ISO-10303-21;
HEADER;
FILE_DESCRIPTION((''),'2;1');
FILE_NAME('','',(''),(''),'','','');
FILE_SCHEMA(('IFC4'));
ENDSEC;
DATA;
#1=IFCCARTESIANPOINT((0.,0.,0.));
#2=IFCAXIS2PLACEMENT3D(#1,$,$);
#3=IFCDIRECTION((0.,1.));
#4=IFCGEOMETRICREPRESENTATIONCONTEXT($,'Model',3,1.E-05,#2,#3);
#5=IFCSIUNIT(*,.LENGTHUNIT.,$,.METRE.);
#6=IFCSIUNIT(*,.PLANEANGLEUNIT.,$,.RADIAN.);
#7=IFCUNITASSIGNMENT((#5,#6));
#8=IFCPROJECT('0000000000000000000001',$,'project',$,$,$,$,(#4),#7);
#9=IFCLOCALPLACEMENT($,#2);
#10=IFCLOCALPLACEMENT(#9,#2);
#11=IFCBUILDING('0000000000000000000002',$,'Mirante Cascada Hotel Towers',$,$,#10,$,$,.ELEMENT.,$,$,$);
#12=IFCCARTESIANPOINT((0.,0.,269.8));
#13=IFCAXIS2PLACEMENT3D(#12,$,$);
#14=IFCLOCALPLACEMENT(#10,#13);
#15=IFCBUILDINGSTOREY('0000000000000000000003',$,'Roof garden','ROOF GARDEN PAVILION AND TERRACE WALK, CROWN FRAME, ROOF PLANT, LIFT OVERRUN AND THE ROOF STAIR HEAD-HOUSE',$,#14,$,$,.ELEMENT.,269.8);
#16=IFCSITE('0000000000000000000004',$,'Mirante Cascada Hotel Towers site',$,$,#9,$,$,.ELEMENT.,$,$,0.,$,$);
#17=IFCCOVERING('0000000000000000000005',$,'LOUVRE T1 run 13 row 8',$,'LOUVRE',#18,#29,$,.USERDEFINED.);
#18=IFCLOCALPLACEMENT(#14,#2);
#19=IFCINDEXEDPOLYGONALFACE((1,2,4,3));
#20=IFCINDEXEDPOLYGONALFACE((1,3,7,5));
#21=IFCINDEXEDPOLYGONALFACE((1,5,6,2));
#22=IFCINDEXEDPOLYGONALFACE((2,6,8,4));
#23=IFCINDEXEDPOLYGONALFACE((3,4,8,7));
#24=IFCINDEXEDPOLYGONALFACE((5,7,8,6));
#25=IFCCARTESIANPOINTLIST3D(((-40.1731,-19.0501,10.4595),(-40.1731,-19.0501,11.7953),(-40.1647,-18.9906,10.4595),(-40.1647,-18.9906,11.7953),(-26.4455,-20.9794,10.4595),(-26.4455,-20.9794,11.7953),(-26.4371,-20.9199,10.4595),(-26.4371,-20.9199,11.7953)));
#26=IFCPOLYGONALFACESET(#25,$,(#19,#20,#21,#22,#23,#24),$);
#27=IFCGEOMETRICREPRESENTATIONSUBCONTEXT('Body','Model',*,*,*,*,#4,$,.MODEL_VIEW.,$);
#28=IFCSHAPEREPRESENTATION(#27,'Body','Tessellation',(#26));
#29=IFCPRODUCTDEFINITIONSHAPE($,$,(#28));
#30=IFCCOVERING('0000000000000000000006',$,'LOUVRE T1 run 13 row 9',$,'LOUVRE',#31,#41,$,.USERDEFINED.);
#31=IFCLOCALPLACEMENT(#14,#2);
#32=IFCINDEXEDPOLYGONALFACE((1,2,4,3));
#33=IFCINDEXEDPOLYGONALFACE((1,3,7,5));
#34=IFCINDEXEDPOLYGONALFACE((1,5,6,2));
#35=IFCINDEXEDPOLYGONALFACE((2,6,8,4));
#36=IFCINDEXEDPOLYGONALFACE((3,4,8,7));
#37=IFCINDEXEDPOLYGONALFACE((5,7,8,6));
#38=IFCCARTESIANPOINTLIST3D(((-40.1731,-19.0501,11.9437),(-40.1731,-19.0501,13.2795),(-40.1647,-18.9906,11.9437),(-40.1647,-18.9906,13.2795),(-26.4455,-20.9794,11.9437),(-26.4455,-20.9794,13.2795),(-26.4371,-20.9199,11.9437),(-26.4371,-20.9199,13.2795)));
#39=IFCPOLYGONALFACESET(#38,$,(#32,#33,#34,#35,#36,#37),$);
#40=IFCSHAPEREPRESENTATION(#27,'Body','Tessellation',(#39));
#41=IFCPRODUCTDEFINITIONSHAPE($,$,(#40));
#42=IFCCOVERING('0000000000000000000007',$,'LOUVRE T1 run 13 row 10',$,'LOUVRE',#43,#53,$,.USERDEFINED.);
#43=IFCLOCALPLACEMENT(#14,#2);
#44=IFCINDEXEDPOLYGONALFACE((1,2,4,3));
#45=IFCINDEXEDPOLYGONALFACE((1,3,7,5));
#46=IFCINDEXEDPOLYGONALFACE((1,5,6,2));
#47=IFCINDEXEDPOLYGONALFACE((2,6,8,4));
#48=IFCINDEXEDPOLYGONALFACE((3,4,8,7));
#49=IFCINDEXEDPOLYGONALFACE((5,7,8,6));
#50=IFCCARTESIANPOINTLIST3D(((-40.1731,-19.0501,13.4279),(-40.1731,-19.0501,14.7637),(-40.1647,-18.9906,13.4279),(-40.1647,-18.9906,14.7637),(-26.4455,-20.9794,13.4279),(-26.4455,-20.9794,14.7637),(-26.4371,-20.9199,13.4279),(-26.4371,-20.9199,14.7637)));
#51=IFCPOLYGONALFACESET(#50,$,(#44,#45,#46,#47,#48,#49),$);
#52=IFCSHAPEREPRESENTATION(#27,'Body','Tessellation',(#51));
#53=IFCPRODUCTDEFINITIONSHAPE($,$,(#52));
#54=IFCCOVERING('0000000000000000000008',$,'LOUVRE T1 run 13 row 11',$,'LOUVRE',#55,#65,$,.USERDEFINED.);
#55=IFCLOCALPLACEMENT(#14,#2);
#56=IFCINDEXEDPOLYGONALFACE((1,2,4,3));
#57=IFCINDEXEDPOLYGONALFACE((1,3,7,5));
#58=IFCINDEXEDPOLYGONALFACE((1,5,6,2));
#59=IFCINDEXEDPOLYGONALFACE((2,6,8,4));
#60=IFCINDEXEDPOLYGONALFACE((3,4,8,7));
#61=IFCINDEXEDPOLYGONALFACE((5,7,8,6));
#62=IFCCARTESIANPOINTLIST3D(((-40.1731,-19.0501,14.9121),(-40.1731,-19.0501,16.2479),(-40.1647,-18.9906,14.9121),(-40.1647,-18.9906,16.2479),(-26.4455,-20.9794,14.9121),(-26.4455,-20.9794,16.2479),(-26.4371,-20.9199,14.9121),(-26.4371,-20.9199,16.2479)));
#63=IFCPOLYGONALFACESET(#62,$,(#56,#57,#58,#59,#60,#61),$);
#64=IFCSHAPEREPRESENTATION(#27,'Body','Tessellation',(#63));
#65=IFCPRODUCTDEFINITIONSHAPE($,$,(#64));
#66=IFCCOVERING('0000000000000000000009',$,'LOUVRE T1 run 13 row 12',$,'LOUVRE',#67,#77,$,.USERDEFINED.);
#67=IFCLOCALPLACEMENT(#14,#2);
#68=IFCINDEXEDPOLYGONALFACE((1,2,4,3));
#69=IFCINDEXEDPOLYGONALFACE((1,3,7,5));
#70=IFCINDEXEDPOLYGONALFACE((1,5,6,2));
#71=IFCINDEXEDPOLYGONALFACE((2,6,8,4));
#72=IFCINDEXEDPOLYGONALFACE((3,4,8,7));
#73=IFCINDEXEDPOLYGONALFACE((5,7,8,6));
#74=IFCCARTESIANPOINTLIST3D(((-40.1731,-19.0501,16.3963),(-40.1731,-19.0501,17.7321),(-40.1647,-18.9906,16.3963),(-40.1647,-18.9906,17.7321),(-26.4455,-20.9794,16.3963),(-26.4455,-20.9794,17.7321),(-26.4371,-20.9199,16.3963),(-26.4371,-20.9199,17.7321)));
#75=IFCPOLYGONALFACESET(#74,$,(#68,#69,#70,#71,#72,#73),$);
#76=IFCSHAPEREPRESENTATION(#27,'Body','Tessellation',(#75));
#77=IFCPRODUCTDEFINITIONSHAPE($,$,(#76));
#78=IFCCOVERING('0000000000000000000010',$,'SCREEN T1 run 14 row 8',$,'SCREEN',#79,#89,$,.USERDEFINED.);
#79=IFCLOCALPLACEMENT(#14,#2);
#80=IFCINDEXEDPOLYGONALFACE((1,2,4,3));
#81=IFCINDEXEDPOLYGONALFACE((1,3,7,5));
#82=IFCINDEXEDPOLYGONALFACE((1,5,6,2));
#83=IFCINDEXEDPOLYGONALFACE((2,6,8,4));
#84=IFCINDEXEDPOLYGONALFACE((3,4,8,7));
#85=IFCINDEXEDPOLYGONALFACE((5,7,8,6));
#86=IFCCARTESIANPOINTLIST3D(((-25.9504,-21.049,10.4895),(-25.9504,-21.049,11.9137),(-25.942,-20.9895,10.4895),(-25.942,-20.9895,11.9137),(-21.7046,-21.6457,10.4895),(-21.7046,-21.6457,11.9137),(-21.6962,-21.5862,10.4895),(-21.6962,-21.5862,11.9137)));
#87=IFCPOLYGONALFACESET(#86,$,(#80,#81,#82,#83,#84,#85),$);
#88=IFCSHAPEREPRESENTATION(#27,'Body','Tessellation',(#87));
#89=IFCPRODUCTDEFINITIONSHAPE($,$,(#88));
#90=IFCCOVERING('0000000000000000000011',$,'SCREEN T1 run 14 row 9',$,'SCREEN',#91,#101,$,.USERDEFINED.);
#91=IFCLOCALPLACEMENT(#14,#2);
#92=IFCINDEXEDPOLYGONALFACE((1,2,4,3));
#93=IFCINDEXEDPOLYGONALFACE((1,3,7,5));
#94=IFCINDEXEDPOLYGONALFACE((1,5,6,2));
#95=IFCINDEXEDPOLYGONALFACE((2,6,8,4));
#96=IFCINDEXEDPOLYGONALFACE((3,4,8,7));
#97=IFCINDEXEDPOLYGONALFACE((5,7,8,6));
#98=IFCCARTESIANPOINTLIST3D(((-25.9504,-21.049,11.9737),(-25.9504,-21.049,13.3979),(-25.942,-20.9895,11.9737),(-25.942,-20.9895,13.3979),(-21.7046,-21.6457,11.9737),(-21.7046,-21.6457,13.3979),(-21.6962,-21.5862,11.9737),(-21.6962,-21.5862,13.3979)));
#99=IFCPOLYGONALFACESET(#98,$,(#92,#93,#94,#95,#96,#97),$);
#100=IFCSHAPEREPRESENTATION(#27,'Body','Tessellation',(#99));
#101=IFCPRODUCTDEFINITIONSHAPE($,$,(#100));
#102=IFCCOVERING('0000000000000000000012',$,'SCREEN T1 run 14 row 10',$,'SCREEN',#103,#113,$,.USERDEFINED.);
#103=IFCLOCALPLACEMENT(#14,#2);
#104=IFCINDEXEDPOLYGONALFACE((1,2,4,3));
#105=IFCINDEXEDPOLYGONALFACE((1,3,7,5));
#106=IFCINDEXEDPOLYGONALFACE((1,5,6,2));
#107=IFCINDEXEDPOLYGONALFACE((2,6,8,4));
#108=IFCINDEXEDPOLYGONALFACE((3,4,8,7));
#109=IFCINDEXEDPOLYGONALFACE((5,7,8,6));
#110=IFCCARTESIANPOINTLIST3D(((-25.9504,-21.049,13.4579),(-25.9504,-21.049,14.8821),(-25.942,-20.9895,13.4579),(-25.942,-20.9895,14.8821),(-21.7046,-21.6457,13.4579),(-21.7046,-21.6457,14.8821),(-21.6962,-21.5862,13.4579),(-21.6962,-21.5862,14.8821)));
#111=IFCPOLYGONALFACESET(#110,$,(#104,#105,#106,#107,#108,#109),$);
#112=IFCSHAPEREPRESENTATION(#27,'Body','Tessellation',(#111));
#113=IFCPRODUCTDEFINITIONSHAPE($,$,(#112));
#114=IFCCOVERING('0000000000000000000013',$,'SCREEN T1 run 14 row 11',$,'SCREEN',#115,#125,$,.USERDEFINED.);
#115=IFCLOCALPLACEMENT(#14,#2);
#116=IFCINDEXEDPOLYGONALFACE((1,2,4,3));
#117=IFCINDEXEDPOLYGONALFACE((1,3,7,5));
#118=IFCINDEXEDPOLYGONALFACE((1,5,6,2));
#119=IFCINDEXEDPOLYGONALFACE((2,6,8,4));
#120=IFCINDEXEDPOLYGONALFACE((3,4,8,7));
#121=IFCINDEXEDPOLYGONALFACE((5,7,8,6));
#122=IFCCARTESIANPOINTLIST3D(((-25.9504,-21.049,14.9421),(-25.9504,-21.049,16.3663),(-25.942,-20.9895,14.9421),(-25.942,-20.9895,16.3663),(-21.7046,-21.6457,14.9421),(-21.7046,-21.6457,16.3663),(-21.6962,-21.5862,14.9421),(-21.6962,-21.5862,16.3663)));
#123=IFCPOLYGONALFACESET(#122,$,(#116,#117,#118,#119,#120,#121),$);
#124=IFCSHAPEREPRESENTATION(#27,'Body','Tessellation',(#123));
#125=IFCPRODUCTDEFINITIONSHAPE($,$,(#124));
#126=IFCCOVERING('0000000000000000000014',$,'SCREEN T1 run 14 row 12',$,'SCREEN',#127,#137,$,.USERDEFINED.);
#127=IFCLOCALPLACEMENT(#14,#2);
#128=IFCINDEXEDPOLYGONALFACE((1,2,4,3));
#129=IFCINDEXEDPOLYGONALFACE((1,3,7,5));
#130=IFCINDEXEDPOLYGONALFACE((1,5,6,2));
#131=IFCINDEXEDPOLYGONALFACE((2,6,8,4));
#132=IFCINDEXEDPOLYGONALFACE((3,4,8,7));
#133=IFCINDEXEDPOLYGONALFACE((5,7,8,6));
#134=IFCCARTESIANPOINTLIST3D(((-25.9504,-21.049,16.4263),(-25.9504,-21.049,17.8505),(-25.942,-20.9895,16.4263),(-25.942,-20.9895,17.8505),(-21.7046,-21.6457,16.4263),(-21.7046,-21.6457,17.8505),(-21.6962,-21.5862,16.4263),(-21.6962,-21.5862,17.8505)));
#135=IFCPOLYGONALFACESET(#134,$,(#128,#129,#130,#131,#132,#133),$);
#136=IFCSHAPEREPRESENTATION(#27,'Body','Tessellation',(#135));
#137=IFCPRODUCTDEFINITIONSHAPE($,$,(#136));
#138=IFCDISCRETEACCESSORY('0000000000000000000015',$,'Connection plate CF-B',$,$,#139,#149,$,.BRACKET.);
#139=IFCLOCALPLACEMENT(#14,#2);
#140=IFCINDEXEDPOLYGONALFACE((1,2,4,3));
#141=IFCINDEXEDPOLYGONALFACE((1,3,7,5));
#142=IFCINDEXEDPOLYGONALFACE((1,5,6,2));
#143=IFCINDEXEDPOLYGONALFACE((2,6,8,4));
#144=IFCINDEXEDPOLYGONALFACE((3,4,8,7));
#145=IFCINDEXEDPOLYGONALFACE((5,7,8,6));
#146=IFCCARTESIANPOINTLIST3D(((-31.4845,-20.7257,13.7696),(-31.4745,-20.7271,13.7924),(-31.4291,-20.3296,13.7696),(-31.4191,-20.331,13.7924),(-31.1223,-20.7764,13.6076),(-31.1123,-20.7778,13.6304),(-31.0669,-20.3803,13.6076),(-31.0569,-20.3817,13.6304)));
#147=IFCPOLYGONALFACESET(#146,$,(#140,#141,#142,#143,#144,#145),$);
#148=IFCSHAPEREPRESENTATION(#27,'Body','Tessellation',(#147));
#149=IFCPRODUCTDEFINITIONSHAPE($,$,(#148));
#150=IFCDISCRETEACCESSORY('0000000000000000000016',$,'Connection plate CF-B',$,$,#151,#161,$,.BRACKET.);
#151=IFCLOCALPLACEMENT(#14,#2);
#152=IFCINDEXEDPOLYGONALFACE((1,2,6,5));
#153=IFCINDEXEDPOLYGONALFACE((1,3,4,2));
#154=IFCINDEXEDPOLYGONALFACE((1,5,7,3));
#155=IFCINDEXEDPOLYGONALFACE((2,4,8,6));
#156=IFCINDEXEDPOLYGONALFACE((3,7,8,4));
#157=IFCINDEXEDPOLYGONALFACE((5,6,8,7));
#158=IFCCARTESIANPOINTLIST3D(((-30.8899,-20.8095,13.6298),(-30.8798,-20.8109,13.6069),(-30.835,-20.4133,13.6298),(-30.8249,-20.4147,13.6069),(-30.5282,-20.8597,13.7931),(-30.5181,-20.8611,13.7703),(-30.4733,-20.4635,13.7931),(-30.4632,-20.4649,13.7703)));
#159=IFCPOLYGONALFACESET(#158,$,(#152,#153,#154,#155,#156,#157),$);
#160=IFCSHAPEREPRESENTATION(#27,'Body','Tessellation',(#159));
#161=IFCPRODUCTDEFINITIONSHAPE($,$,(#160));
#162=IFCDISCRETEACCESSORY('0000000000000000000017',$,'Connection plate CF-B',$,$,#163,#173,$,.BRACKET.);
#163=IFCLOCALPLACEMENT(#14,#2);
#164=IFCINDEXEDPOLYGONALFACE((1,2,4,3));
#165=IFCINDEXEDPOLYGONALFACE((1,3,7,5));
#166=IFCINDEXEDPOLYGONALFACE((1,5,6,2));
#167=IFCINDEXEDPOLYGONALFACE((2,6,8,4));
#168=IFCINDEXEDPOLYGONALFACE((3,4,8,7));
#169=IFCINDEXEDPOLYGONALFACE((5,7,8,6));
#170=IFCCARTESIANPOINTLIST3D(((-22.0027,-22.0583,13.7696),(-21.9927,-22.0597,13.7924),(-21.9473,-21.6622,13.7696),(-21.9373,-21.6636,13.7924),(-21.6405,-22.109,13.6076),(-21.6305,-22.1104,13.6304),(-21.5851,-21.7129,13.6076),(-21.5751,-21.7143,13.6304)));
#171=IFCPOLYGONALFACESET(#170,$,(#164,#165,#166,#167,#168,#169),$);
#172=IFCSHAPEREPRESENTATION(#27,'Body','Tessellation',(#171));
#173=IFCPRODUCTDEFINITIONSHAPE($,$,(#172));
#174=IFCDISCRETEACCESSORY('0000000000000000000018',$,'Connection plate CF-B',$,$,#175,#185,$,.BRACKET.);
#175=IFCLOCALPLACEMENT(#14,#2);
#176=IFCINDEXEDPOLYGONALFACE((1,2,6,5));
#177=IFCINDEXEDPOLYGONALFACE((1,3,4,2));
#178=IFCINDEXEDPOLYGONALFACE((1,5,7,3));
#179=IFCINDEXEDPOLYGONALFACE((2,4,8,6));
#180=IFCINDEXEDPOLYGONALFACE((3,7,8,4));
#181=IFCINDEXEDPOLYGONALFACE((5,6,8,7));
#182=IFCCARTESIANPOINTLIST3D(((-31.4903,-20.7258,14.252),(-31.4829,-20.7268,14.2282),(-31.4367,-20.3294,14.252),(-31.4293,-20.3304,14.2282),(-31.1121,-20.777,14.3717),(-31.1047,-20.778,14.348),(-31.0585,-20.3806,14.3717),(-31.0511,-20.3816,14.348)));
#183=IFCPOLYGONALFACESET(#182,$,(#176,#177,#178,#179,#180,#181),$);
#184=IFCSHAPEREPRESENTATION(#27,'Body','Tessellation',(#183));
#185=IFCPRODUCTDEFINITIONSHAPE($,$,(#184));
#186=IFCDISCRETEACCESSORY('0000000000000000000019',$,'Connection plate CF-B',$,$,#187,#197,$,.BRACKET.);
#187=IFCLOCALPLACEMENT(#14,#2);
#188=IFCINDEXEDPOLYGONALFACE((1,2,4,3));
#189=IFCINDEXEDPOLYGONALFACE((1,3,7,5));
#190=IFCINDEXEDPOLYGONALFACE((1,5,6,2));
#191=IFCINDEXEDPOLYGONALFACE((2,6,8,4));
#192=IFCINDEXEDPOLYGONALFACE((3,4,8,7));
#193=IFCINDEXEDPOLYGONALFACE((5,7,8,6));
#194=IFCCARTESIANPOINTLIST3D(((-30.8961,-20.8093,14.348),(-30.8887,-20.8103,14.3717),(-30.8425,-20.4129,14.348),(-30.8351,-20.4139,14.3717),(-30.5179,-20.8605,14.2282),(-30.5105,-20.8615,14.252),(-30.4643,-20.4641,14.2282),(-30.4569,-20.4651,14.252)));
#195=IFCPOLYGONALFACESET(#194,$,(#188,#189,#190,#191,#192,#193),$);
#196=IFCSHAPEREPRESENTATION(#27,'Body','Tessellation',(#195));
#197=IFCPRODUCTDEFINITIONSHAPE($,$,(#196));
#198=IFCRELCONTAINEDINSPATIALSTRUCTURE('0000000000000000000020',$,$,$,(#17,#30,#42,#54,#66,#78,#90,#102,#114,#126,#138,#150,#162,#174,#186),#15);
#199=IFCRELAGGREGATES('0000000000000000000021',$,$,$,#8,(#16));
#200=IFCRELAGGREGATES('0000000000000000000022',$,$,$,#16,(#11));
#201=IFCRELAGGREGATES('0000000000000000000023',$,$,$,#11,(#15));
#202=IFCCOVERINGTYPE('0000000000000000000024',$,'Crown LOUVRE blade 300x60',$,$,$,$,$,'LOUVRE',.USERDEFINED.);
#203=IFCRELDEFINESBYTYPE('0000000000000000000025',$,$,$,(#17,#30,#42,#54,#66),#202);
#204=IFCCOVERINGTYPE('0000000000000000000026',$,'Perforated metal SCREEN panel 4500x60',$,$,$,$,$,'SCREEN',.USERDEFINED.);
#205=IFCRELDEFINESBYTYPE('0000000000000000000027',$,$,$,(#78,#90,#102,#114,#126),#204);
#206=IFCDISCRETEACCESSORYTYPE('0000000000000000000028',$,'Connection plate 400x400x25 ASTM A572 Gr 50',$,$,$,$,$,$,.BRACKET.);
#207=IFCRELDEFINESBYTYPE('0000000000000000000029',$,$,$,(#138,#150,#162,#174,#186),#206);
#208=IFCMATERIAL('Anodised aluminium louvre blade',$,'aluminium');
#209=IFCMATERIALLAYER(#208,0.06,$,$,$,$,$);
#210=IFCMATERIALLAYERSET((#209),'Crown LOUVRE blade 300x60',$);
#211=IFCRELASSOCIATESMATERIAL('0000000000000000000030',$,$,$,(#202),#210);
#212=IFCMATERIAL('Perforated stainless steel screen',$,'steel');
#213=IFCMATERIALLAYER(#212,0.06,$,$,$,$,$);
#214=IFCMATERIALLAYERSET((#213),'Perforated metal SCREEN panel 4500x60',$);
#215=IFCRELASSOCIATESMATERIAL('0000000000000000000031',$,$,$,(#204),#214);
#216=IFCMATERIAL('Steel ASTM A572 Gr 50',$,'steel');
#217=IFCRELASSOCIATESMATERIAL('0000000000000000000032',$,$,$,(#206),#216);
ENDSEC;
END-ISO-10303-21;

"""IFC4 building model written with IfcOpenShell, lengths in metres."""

from ifc_helpers import new_model, si_unit, direction, frame, origin, origin_2d, place, context, subcontext, project, spatial, rectangle, extrude, material, layer, layer_set, material_profile, profile_set, type_object, element, save


model = new_model("IFC4")

# Units and contexts
model_context = context("Model", 3, precision=1e-05, world=origin(), true_north=direction((0.0, 1.0)))
body_context = subcontext(model_context, "Body", "Model", "MODEL_VIEW")
ifc_project = project(units=[si_unit("LENGTHUNIT", "METRE"), si_unit("PLANEANGLEUNIT", "RADIAN")], contexts=[model_context])

# Site, building, storey
site_placement = place(None, origin())
site = spatial("IfcSite", under=ifc_project, at=site_placement, Name="Mirante Cascada Hotel Towers site", CompositionType="ELEMENT", RefElevation=0.0)
building_placement = place(site_placement, origin())
building = spatial("IfcBuilding", under=site, at=building_placement, Name="Mirante Cascada Hotel Towers", CompositionType="ELEMENT")
storey_placement = place(building_placement, frame((0.0, 0.0, 269.8)))
storey = spatial("IfcBuildingStorey", under=building, at=storey_placement, Name="Roof garden", Description="ROOF GARDEN PAVILION AND TERRACE WALK, CROWN FRAME, ROOF PLANT, LIFT OVERRUN AND THE ROOF STAIR HEAD-HOUSE", CompositionType="ELEMENT", Elevation=269.8)

# Coverings
ifc_material_1 = material(Name="Anodised aluminium louvre blade", Category="aluminium")
ifc_layer_1 = layer(ifc_material_1, 0.06)
ifc_layer_set_1 = layer_set([ifc_layer_1], Name="Crown LOUVRE blade 300x60")
covering_type_1 = type_object("IfcCoveringType", Name="Crown LOUVRE blade 300x60", ElementType="LOUVRE", PredefinedType="USERDEFINED", material=ifc_layer_set_1)
for number, where, z_axis, x_axis, name in (
    (1, (-33.3051, -19.985, 10.4595), (0.0, 0.0, 1.0), (0.990268, -0.139173, 0.0), "LOUVRE T1 run 13 row 8"),
    (2, (-33.3051, -19.985, 11.9437), (0.0, 0.0, 1.0), (0.990268, -0.139173, 0.0), "LOUVRE T1 run 13 row 9"),
    (3, (-33.3051, -19.985, 13.4279), (0.0, 0.0, 1.0), (0.990268, -0.139173, 0.0), "LOUVRE T1 run 13 row 10"),
    (4, (-33.3051, -19.985, 14.9121), (0.0, 0.0, 1.0), (0.990268, -0.139173, 0.0), "LOUVRE T1 run 13 row 11"),
    (5, (-33.3051, -19.985, 16.3963), (0.0, 0.0, 1.0), (0.990268, -0.139173, 0.0), "LOUVRE T1 run 13 row 12"),
):
    element("IfcCovering", number, at=place(storey_placement, frame(where, z_axis=z_axis, x_axis=x_axis)), inside=storey, type_object=covering_type_1, Name=name, ObjectType="LOUVRE", PredefinedType="USERDEFINED", context=body_context, shape_type="SweptSolid", body=[
        extrude(rectangle(XDim=13.8625, YDim=0.06, at=origin_2d()), origin(), (0.0, 0.0, 1.0), 1.3358),
    ])
ifc_material_2 = material(Name="Perforated stainless steel screen", Category="steel")
ifc_layer_2 = layer(ifc_material_2, 0.06)
ifc_layer_set_2 = layer_set([ifc_layer_2], Name="Perforated metal SCREEN panel 4500x60")
covering_type_2 = type_object("IfcCoveringType", Name="Perforated metal SCREEN panel 4500x60", ElementType="SCREEN", PredefinedType="USERDEFINED", material=ifc_layer_set_2)
for number, where, z_axis, x_axis, name in (
    (6, (-23.8233, -21.3176, 10.4895), (0.0, 0.0, 1.0), (0.990268, -0.139173, 0.0), "SCREEN T1 run 14 row 8"),
    (7, (-23.8233, -21.3176, 11.9737), (0.0, 0.0, 1.0), (0.990268, -0.139173, 0.0), "SCREEN T1 run 14 row 9"),
    (8, (-23.8233, -21.3176, 13.4579), (0.0, 0.0, 1.0), (0.990268, -0.139173, 0.0), "SCREEN T1 run 14 row 10"),
    (9, (-23.8233, -21.3176, 14.9421), (0.0, 0.0, 1.0), (0.990268, -0.139173, 0.0), "SCREEN T1 run 14 row 11"),
    (10, (-23.8233, -21.3176, 16.4263), (0.0, 0.0, 1.0), (0.990268, -0.139173, 0.0), "SCREEN T1 run 14 row 12"),
):
    element("IfcCovering", number, at=place(storey_placement, frame(where, z_axis=z_axis, x_axis=x_axis)), inside=storey, type_object=covering_type_2, Name=name, ObjectType="SCREEN", PredefinedType="USERDEFINED", context=body_context, shape_type="SweptSolid", body=[
        extrude(rectangle(XDim=4.2875, YDim=0.06, at=origin_2d()), origin(), (0.0, 0.0, 1.0), 1.4242),
    ])

# Discrete accessories
ifc_material_3 = material(Name="Steel ASTM A572 Gr 50", Category="steel")
ifc_material_profile_1 = material_profile(ifc_material_3, rectangle(XDim=0.4, YDim=0.4, at=origin_2d()), Name="Connection plate 400x400x25 ASTM A572 Gr 50")
ifc_profile_set_1 = profile_set([ifc_material_profile_1], Name="Steel ASTM A572 Gr 50")
discrete_accessory_type = type_object("IfcDiscreteAccessoryType", Name="Connection plate 400x400x25 ASTM A572 Gr 50", PredefinedType="BRACKET", material=ifc_profile_set_1)
discrete_accessory_1_placement = place(storey_placement, frame((-31.2757, -20.553, 13.6886), z_axis=(0.401028, -0.056144, 0.914344), x_axis=(0.138648, 0.990342, 0.0)))
element("IfcDiscreteAccessory", 11, at=discrete_accessory_1_placement, inside=storey, type_object=discrete_accessory_type, Name="Connection plate CF-B", PredefinedType="BRACKET", context=body_context, shape_type="SweptSolid", body=[
    extrude(rectangle(XDim=0.4, YDim=0.4, at=origin_2d()), origin(), (0.0, 0.0, 1.0), 0.0249),
])
discrete_accessory_2_placement = place(storey_placement, frame((-30.6715, -20.6379, 13.6886), z_axis=(-0.404385, 0.056053, 0.91287), x_axis=(-0.137301, -0.990529, 0.0)))
element("IfcDiscreteAccessory", 12, at=discrete_accessory_2_placement, inside=storey, type_object=discrete_accessory_type, Name="Connection plate CF-B", PredefinedType="BRACKET", context=body_context, shape_type="SweptSolid", body=[
    extrude(rectangle(XDim=0.4, YDim=0.4, at=origin_2d()), origin(), (0.0, 0.0, 1.0), 0.025),
])
for number, where, z_axis, x_axis, name in (
    (13, (-21.7939, -21.8856, 13.6886), (0.401028, -0.056144, 0.914344), (0.138648, 0.990342, 0.0), "Connection plate CF-B"),
    (14, (-31.267, -20.5542, 14.2881), (-0.296665, 0.04009, 0.95414), (-0.133918, -0.990992, 0.0), "Connection plate CF-B"),
    (15, (-30.6802, -20.6367, 14.2881), (0.296665, -0.04009, 0.95414), (0.133918, 0.990992, 0.0), "Connection plate CF-B"),
):
    element("IfcDiscreteAccessory", number, at=place(storey_placement, frame(where, z_axis=z_axis, x_axis=x_axis)), inside=storey, type_object=discrete_accessory_type, Name=name, PredefinedType="BRACKET", context=body_context, shape_type="SweptSolid", body=[
        extrude(rectangle(XDim=0.4, YDim=0.4, at=origin_2d()), origin(), (0.0, 0.0, 1.0), 0.0249),
    ])

save(model, "model.ifc")
